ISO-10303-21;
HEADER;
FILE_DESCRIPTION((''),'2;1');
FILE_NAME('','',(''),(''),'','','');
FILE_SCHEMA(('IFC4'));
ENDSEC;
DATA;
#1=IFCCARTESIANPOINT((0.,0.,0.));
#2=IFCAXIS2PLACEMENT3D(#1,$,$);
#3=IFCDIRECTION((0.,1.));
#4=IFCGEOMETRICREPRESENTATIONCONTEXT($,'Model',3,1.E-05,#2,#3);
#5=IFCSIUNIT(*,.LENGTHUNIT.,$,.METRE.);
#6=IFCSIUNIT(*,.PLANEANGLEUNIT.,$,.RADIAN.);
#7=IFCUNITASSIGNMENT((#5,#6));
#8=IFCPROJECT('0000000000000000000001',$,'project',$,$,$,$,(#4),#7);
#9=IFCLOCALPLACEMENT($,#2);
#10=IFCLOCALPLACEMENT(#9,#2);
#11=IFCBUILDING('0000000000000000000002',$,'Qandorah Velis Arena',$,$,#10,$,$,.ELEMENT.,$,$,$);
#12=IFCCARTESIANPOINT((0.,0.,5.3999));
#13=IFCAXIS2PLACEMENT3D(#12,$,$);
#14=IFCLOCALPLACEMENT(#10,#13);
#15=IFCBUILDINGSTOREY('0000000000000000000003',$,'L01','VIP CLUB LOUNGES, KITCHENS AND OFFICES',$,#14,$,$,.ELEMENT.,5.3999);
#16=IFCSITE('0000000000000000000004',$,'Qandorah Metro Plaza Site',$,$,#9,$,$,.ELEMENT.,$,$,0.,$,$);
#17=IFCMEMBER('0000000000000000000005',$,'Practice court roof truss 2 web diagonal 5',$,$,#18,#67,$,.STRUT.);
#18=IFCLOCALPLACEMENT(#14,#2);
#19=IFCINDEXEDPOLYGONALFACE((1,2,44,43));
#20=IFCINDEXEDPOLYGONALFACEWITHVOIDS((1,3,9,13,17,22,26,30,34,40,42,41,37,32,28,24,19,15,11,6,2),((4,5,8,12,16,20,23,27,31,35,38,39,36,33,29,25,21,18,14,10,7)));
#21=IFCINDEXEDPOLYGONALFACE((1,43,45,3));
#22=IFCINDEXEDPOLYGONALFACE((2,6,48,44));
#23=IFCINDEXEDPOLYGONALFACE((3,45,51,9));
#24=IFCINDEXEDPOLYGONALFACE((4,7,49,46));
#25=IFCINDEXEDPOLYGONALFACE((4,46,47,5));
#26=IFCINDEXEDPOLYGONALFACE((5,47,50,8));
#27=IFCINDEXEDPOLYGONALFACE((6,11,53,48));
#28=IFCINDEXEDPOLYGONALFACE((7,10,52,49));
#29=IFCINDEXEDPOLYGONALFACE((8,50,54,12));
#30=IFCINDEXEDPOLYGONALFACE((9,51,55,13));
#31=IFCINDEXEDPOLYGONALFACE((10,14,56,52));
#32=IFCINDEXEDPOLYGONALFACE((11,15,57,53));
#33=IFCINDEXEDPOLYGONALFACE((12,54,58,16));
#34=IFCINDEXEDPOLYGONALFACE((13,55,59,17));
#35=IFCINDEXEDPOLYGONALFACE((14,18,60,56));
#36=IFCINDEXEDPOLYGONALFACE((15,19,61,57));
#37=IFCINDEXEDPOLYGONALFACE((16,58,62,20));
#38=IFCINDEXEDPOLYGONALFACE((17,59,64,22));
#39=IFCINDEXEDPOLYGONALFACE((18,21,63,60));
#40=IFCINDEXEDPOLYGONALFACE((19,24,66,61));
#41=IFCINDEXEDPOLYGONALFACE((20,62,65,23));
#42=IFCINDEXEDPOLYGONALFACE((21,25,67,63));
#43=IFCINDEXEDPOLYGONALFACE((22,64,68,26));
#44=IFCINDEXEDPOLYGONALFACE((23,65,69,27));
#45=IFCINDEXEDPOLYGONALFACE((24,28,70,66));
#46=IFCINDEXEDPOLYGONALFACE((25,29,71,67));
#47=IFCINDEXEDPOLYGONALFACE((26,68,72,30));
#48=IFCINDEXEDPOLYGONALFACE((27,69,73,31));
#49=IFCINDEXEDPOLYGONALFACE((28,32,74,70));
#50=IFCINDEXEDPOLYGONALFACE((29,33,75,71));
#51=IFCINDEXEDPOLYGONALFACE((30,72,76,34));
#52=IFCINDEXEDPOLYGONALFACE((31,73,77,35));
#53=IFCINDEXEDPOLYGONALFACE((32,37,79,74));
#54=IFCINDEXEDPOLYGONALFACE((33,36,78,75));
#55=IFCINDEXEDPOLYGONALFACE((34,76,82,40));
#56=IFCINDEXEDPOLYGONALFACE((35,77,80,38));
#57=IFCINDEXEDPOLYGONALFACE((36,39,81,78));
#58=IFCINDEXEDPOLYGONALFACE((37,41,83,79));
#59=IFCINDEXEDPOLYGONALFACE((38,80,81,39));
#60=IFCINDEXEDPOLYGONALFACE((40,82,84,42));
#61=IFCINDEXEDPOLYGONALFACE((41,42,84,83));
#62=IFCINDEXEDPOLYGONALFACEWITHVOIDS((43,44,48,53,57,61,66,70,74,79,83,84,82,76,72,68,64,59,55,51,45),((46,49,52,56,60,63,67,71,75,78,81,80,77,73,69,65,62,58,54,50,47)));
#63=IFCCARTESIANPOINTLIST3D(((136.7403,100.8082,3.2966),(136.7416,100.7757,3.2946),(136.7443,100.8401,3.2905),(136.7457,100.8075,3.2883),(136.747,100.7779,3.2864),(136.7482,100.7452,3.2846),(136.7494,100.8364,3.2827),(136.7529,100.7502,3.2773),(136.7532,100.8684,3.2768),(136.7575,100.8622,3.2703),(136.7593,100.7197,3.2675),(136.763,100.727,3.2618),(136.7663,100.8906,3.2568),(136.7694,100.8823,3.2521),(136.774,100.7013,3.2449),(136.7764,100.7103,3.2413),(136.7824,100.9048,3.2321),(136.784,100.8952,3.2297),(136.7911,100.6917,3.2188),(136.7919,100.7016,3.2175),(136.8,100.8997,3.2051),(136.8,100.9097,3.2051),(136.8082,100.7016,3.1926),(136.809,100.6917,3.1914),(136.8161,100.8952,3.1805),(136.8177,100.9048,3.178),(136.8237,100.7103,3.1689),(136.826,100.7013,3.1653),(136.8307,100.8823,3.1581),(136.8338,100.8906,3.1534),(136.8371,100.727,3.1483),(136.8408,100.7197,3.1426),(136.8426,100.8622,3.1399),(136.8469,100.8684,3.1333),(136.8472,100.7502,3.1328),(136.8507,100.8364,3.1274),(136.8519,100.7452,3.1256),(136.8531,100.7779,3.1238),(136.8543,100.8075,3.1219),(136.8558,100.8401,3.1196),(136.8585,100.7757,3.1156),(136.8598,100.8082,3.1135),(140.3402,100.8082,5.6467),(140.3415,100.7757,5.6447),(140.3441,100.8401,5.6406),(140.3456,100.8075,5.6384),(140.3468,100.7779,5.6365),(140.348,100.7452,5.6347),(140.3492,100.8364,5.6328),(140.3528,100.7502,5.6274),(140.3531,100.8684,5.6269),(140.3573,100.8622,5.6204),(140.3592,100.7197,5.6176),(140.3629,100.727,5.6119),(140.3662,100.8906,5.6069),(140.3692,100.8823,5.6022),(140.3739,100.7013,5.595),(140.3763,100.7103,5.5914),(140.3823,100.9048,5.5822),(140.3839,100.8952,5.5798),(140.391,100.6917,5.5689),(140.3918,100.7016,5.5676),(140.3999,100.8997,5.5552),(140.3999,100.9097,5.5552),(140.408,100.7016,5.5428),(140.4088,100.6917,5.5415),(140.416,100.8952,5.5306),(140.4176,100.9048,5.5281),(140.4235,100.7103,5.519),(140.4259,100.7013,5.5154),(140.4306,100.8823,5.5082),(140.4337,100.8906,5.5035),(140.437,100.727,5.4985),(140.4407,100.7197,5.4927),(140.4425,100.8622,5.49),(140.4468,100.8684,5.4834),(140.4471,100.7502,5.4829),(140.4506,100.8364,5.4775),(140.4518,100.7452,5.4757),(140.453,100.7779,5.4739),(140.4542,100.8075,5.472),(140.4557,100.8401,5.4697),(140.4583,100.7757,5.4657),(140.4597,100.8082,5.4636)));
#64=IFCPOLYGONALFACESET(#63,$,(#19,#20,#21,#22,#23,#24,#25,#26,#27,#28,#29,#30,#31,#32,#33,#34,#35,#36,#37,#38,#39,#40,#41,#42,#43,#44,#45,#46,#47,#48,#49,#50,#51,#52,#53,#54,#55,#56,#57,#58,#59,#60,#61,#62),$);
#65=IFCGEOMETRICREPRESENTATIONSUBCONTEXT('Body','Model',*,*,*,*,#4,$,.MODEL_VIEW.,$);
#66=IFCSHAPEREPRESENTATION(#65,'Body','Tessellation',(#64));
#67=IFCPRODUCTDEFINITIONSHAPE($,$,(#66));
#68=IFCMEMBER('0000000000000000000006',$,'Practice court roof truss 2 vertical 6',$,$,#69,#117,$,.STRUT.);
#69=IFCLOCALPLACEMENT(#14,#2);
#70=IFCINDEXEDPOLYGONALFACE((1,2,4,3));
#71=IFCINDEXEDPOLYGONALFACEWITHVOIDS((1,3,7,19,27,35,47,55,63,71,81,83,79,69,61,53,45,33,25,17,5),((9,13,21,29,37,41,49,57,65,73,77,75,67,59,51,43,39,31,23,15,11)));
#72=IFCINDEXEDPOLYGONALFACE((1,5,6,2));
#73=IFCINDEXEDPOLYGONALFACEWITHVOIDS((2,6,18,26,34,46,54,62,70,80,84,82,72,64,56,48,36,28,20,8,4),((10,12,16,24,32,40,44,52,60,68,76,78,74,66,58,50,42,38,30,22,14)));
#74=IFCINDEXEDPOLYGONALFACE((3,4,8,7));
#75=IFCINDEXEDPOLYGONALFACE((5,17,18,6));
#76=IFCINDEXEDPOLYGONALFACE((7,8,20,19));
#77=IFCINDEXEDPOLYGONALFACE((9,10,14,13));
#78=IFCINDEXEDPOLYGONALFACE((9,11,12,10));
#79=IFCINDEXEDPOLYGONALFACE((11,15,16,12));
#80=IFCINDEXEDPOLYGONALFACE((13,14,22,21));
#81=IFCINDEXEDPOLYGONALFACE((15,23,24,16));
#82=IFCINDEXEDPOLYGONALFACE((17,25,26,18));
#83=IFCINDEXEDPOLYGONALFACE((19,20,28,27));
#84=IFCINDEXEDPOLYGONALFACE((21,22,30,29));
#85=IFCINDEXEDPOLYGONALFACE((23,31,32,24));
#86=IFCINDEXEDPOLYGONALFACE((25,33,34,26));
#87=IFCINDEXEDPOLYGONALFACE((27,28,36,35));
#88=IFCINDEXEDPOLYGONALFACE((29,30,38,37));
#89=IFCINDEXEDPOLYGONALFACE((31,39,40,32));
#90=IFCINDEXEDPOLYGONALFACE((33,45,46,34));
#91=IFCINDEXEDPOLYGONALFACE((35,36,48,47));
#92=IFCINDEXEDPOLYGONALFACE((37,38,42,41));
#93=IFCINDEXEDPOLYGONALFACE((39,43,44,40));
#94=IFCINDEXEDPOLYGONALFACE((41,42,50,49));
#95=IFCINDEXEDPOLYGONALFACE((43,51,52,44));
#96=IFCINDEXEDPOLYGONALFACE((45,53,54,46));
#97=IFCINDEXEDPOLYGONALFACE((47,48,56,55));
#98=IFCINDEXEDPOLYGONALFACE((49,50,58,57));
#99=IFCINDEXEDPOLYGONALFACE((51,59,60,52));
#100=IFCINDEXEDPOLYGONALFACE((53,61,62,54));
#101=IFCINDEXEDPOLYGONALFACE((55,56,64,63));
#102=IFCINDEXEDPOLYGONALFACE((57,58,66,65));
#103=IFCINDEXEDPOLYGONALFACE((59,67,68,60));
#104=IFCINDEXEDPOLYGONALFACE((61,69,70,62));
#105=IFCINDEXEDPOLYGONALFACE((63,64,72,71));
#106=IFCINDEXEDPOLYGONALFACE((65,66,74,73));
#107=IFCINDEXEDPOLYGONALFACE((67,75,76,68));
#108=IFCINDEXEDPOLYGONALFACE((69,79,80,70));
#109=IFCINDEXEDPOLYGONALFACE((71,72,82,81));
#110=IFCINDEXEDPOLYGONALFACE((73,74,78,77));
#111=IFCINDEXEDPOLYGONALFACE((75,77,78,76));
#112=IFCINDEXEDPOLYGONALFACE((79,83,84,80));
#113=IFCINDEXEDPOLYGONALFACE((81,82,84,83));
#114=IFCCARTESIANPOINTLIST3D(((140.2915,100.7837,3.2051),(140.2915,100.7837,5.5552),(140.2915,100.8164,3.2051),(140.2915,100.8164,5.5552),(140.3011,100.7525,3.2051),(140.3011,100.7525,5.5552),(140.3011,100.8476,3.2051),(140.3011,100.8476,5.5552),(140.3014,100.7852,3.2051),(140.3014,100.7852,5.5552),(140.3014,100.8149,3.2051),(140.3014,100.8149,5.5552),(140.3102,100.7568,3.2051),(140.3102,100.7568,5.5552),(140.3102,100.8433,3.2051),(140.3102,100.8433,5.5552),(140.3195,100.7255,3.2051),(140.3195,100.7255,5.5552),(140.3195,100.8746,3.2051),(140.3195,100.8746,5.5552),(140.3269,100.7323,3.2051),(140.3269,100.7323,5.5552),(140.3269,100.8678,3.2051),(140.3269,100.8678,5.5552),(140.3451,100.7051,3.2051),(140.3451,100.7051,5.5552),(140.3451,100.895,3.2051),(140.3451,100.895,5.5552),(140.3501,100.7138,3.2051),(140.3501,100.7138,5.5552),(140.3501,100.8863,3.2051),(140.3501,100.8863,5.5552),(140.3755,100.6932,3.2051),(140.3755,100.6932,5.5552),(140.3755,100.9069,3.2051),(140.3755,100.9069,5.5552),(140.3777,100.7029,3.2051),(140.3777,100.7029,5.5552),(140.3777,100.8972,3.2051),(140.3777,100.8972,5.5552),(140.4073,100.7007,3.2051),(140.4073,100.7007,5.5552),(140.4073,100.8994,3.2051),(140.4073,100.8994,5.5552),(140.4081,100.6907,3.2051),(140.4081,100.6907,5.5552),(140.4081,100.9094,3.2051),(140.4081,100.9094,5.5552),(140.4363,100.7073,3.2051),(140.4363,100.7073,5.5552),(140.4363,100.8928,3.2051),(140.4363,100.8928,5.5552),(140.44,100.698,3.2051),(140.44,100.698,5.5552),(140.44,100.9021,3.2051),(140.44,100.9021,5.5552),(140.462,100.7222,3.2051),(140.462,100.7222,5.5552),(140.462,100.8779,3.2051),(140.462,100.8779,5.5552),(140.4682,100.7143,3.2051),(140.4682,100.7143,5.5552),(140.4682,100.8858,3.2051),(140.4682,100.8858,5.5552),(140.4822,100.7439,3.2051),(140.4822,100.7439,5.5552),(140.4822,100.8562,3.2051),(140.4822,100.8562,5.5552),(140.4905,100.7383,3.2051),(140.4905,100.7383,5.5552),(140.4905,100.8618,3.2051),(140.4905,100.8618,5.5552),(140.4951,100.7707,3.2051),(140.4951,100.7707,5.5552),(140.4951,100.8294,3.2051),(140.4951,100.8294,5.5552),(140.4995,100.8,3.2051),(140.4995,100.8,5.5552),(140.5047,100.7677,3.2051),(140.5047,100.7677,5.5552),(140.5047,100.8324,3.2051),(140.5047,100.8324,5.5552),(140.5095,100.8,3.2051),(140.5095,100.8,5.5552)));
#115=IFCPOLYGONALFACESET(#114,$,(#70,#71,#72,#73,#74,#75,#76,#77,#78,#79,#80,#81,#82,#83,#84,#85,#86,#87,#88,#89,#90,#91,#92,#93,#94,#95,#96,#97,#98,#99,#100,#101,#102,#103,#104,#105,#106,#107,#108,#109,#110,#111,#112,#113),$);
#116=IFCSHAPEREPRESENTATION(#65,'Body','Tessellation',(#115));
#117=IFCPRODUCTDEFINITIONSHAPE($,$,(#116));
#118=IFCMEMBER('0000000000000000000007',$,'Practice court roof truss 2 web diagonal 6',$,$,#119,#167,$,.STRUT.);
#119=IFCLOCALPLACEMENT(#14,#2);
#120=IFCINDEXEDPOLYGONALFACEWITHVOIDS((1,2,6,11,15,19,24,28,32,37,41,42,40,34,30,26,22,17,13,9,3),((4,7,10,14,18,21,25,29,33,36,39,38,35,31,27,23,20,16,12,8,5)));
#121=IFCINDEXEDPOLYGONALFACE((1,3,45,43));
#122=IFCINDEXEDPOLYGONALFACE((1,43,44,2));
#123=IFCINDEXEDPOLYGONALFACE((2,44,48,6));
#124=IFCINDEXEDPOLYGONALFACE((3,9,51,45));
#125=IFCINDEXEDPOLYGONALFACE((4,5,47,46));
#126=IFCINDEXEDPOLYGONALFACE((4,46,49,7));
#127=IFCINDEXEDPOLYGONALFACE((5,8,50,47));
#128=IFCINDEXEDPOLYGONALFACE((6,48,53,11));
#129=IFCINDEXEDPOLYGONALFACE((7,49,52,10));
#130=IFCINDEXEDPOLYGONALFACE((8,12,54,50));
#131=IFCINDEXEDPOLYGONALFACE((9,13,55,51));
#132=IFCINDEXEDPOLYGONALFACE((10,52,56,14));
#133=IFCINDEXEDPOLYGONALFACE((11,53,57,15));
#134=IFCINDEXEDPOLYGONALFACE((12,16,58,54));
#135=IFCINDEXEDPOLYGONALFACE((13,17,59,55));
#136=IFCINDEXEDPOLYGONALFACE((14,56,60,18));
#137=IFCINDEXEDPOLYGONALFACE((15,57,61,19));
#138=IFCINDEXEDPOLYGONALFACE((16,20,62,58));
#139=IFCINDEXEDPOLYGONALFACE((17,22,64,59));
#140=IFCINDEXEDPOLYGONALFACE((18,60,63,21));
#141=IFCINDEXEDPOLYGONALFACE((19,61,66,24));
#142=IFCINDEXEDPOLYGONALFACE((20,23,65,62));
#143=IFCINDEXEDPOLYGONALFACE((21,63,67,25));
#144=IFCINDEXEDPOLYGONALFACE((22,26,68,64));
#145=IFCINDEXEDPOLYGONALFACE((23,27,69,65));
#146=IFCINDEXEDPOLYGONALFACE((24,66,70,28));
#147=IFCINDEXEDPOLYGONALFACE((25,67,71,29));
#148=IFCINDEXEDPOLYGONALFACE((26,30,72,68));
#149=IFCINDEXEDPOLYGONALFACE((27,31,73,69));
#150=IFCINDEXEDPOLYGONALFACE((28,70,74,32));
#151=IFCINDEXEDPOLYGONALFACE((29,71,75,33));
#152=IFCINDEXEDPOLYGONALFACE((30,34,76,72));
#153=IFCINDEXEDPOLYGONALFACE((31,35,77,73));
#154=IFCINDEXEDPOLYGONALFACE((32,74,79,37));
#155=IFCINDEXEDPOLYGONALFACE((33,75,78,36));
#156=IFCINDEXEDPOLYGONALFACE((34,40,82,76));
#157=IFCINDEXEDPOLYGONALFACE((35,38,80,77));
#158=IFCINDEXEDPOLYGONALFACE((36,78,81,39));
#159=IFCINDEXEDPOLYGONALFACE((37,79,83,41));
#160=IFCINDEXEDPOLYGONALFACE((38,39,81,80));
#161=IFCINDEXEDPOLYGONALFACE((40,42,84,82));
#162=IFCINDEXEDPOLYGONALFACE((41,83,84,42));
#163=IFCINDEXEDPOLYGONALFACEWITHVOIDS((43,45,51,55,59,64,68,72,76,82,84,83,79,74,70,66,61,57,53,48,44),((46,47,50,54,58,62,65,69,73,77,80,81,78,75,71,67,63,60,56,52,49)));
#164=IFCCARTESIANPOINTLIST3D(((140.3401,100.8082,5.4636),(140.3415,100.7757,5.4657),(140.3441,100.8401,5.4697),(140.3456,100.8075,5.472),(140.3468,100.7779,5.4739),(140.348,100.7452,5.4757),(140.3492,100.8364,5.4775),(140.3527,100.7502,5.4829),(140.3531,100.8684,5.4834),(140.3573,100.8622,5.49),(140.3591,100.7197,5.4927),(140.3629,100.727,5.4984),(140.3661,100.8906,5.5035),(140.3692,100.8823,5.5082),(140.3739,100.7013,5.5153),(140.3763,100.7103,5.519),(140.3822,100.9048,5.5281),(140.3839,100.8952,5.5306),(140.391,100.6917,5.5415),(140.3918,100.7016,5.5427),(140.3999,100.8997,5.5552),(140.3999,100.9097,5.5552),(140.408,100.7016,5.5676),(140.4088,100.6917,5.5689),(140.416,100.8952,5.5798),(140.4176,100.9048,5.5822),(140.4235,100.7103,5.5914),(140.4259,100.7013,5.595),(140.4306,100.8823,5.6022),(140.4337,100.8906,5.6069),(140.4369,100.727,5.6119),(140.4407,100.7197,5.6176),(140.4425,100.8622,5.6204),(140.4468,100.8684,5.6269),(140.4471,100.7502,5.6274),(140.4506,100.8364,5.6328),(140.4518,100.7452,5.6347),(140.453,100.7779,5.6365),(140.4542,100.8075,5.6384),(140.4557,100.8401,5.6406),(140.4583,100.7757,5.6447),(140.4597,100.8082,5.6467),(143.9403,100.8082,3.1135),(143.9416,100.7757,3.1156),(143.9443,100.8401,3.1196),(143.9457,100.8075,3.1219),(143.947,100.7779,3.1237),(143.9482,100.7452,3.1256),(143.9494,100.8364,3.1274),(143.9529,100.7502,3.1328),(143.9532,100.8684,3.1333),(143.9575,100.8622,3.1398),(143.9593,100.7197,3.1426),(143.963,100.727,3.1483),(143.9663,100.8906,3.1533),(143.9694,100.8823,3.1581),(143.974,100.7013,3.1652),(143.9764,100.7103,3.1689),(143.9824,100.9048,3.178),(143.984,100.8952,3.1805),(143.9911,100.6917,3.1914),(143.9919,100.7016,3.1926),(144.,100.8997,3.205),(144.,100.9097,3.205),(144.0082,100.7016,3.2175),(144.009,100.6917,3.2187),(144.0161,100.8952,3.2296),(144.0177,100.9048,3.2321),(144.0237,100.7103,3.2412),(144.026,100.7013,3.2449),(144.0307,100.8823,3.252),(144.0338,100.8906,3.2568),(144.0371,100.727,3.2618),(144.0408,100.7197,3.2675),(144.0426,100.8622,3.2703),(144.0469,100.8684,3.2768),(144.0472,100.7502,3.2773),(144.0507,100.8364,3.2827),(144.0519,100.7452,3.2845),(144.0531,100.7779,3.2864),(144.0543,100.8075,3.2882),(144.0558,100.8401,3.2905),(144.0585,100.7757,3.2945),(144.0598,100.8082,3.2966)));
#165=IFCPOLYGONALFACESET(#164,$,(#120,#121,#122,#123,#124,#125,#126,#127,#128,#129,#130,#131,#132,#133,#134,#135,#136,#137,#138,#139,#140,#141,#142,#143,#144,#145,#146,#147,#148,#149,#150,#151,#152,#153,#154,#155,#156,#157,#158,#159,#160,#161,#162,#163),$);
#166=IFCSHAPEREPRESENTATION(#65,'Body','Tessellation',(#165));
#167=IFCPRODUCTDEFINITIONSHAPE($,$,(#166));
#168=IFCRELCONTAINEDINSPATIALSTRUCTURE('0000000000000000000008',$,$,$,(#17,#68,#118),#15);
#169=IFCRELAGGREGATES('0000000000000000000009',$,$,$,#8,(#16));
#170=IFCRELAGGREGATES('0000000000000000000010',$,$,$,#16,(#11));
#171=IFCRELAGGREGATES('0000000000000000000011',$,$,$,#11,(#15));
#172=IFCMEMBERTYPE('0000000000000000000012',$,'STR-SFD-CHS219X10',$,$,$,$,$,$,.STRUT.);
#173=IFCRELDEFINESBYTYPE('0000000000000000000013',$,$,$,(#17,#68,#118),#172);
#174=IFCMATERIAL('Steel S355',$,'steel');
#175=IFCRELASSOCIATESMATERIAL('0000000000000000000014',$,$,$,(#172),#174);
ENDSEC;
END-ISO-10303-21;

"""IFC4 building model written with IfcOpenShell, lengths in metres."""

from ifc_helpers import new_model, si_unit, direction, frame, origin, origin_2d, place, context, subcontext, project, spatial, hollow_circle, extrude, material, material_profile, profile_set, type_object, element, save


model = new_model("IFC4")

# Units and contexts
model_context = context("Model", 3, precision=1e-05, world=origin(), true_north=direction((0.0, 1.0)))
body_context = subcontext(model_context, "Body", "Model", "MODEL_VIEW")
ifc_project = project(units=[si_unit("LENGTHUNIT", "METRE"), si_unit("PLANEANGLEUNIT", "RADIAN")], contexts=[model_context])

# Site, building, storey
site_placement = place(None, origin())
site = spatial("IfcSite", under=ifc_project, at=site_placement, Name="Qandorah Metro Plaza Site", CompositionType="ELEMENT", RefElevation=0.0)
building_placement = place(site_placement, origin())
building = spatial("IfcBuilding", under=site, at=building_placement, Name="Qandorah Velis Arena", CompositionType="ELEMENT")
storey_placement = place(building_placement, frame((0.0, 0.0, 5.3999)))
storey = spatial("IfcBuildingStorey", under=building, at=storey_placement, Name="L01", Description="VIP CLUB LOUNGES, KITCHENS AND OFFICES", CompositionType="ELEMENT", Elevation=5.3999)

# Members
ifc_material = material(Name="Steel S355", Category="steel")
ifc_material_profile = material_profile(ifc_material, hollow_circle(Radius=0.1096, WallThickness=0.01, at=origin_2d()), Name="CHS 219.1x10")
ifc_profile_set = profile_set([ifc_material_profile], Name="Steel S355")
member_type = type_object("IfcMemberType", Name="STR-SFD-CHS219X10", PredefinedType="STRUT", material=ifc_profile_set)
member_1_placement = place(storey_placement, frame((136.8, 100.8, 3.2051), z_axis=(0.837359, 0.0, 0.546654), x_axis=(0.0, 1.0, 0.0)))
element("IfcMember", 1, at=member_1_placement, inside=storey, type_object=member_type, Name="Practice court roof truss 2 web diagonal 5", PredefinedType="STRUT", context=body_context, shape_type="SweptSolid", body=[
    extrude(hollow_circle(Radius=0.1096, WallThickness=0.01, at=origin_2d()), origin(), (0.0, 0.0, 1.0), 4.2991),
])
member_2_placement = place(storey_placement, frame((140.3999, 100.8, 3.2051), z_axis=(0.0, 0.0, 1.0), x_axis=(1.0, 0.0, 0.0)))
element("IfcMember", 2, at=member_2_placement, inside=storey, type_object=member_type, Name="Practice court roof truss 2 vertical 6", PredefinedType="STRUT", context=body_context, shape_type="SweptSolid", body=[
    extrude(hollow_circle(Radius=0.1096, WallThickness=0.01, at=origin_2d()), origin(), (0.0, 0.0, 1.0), 2.3501),
])
member_3_placement = place(storey_placement, frame((140.3999, 100.8, 5.5552), z_axis=(0.837376, 0.0, -0.546628), x_axis=(0.0, 1.0, 0.0)))
element("IfcMember", 3, at=member_3_placement, inside=storey, type_object=member_type, Name="Practice court roof truss 2 web diagonal 6", PredefinedType="STRUT", context=body_context, shape_type="SweptSolid", body=[
    extrude(hollow_circle(Radius=0.1096, WallThickness=0.01, at=origin_2d()), origin(), (0.0, 0.0, 1.0), 4.2993),
])

save(model, "model.ifc")
